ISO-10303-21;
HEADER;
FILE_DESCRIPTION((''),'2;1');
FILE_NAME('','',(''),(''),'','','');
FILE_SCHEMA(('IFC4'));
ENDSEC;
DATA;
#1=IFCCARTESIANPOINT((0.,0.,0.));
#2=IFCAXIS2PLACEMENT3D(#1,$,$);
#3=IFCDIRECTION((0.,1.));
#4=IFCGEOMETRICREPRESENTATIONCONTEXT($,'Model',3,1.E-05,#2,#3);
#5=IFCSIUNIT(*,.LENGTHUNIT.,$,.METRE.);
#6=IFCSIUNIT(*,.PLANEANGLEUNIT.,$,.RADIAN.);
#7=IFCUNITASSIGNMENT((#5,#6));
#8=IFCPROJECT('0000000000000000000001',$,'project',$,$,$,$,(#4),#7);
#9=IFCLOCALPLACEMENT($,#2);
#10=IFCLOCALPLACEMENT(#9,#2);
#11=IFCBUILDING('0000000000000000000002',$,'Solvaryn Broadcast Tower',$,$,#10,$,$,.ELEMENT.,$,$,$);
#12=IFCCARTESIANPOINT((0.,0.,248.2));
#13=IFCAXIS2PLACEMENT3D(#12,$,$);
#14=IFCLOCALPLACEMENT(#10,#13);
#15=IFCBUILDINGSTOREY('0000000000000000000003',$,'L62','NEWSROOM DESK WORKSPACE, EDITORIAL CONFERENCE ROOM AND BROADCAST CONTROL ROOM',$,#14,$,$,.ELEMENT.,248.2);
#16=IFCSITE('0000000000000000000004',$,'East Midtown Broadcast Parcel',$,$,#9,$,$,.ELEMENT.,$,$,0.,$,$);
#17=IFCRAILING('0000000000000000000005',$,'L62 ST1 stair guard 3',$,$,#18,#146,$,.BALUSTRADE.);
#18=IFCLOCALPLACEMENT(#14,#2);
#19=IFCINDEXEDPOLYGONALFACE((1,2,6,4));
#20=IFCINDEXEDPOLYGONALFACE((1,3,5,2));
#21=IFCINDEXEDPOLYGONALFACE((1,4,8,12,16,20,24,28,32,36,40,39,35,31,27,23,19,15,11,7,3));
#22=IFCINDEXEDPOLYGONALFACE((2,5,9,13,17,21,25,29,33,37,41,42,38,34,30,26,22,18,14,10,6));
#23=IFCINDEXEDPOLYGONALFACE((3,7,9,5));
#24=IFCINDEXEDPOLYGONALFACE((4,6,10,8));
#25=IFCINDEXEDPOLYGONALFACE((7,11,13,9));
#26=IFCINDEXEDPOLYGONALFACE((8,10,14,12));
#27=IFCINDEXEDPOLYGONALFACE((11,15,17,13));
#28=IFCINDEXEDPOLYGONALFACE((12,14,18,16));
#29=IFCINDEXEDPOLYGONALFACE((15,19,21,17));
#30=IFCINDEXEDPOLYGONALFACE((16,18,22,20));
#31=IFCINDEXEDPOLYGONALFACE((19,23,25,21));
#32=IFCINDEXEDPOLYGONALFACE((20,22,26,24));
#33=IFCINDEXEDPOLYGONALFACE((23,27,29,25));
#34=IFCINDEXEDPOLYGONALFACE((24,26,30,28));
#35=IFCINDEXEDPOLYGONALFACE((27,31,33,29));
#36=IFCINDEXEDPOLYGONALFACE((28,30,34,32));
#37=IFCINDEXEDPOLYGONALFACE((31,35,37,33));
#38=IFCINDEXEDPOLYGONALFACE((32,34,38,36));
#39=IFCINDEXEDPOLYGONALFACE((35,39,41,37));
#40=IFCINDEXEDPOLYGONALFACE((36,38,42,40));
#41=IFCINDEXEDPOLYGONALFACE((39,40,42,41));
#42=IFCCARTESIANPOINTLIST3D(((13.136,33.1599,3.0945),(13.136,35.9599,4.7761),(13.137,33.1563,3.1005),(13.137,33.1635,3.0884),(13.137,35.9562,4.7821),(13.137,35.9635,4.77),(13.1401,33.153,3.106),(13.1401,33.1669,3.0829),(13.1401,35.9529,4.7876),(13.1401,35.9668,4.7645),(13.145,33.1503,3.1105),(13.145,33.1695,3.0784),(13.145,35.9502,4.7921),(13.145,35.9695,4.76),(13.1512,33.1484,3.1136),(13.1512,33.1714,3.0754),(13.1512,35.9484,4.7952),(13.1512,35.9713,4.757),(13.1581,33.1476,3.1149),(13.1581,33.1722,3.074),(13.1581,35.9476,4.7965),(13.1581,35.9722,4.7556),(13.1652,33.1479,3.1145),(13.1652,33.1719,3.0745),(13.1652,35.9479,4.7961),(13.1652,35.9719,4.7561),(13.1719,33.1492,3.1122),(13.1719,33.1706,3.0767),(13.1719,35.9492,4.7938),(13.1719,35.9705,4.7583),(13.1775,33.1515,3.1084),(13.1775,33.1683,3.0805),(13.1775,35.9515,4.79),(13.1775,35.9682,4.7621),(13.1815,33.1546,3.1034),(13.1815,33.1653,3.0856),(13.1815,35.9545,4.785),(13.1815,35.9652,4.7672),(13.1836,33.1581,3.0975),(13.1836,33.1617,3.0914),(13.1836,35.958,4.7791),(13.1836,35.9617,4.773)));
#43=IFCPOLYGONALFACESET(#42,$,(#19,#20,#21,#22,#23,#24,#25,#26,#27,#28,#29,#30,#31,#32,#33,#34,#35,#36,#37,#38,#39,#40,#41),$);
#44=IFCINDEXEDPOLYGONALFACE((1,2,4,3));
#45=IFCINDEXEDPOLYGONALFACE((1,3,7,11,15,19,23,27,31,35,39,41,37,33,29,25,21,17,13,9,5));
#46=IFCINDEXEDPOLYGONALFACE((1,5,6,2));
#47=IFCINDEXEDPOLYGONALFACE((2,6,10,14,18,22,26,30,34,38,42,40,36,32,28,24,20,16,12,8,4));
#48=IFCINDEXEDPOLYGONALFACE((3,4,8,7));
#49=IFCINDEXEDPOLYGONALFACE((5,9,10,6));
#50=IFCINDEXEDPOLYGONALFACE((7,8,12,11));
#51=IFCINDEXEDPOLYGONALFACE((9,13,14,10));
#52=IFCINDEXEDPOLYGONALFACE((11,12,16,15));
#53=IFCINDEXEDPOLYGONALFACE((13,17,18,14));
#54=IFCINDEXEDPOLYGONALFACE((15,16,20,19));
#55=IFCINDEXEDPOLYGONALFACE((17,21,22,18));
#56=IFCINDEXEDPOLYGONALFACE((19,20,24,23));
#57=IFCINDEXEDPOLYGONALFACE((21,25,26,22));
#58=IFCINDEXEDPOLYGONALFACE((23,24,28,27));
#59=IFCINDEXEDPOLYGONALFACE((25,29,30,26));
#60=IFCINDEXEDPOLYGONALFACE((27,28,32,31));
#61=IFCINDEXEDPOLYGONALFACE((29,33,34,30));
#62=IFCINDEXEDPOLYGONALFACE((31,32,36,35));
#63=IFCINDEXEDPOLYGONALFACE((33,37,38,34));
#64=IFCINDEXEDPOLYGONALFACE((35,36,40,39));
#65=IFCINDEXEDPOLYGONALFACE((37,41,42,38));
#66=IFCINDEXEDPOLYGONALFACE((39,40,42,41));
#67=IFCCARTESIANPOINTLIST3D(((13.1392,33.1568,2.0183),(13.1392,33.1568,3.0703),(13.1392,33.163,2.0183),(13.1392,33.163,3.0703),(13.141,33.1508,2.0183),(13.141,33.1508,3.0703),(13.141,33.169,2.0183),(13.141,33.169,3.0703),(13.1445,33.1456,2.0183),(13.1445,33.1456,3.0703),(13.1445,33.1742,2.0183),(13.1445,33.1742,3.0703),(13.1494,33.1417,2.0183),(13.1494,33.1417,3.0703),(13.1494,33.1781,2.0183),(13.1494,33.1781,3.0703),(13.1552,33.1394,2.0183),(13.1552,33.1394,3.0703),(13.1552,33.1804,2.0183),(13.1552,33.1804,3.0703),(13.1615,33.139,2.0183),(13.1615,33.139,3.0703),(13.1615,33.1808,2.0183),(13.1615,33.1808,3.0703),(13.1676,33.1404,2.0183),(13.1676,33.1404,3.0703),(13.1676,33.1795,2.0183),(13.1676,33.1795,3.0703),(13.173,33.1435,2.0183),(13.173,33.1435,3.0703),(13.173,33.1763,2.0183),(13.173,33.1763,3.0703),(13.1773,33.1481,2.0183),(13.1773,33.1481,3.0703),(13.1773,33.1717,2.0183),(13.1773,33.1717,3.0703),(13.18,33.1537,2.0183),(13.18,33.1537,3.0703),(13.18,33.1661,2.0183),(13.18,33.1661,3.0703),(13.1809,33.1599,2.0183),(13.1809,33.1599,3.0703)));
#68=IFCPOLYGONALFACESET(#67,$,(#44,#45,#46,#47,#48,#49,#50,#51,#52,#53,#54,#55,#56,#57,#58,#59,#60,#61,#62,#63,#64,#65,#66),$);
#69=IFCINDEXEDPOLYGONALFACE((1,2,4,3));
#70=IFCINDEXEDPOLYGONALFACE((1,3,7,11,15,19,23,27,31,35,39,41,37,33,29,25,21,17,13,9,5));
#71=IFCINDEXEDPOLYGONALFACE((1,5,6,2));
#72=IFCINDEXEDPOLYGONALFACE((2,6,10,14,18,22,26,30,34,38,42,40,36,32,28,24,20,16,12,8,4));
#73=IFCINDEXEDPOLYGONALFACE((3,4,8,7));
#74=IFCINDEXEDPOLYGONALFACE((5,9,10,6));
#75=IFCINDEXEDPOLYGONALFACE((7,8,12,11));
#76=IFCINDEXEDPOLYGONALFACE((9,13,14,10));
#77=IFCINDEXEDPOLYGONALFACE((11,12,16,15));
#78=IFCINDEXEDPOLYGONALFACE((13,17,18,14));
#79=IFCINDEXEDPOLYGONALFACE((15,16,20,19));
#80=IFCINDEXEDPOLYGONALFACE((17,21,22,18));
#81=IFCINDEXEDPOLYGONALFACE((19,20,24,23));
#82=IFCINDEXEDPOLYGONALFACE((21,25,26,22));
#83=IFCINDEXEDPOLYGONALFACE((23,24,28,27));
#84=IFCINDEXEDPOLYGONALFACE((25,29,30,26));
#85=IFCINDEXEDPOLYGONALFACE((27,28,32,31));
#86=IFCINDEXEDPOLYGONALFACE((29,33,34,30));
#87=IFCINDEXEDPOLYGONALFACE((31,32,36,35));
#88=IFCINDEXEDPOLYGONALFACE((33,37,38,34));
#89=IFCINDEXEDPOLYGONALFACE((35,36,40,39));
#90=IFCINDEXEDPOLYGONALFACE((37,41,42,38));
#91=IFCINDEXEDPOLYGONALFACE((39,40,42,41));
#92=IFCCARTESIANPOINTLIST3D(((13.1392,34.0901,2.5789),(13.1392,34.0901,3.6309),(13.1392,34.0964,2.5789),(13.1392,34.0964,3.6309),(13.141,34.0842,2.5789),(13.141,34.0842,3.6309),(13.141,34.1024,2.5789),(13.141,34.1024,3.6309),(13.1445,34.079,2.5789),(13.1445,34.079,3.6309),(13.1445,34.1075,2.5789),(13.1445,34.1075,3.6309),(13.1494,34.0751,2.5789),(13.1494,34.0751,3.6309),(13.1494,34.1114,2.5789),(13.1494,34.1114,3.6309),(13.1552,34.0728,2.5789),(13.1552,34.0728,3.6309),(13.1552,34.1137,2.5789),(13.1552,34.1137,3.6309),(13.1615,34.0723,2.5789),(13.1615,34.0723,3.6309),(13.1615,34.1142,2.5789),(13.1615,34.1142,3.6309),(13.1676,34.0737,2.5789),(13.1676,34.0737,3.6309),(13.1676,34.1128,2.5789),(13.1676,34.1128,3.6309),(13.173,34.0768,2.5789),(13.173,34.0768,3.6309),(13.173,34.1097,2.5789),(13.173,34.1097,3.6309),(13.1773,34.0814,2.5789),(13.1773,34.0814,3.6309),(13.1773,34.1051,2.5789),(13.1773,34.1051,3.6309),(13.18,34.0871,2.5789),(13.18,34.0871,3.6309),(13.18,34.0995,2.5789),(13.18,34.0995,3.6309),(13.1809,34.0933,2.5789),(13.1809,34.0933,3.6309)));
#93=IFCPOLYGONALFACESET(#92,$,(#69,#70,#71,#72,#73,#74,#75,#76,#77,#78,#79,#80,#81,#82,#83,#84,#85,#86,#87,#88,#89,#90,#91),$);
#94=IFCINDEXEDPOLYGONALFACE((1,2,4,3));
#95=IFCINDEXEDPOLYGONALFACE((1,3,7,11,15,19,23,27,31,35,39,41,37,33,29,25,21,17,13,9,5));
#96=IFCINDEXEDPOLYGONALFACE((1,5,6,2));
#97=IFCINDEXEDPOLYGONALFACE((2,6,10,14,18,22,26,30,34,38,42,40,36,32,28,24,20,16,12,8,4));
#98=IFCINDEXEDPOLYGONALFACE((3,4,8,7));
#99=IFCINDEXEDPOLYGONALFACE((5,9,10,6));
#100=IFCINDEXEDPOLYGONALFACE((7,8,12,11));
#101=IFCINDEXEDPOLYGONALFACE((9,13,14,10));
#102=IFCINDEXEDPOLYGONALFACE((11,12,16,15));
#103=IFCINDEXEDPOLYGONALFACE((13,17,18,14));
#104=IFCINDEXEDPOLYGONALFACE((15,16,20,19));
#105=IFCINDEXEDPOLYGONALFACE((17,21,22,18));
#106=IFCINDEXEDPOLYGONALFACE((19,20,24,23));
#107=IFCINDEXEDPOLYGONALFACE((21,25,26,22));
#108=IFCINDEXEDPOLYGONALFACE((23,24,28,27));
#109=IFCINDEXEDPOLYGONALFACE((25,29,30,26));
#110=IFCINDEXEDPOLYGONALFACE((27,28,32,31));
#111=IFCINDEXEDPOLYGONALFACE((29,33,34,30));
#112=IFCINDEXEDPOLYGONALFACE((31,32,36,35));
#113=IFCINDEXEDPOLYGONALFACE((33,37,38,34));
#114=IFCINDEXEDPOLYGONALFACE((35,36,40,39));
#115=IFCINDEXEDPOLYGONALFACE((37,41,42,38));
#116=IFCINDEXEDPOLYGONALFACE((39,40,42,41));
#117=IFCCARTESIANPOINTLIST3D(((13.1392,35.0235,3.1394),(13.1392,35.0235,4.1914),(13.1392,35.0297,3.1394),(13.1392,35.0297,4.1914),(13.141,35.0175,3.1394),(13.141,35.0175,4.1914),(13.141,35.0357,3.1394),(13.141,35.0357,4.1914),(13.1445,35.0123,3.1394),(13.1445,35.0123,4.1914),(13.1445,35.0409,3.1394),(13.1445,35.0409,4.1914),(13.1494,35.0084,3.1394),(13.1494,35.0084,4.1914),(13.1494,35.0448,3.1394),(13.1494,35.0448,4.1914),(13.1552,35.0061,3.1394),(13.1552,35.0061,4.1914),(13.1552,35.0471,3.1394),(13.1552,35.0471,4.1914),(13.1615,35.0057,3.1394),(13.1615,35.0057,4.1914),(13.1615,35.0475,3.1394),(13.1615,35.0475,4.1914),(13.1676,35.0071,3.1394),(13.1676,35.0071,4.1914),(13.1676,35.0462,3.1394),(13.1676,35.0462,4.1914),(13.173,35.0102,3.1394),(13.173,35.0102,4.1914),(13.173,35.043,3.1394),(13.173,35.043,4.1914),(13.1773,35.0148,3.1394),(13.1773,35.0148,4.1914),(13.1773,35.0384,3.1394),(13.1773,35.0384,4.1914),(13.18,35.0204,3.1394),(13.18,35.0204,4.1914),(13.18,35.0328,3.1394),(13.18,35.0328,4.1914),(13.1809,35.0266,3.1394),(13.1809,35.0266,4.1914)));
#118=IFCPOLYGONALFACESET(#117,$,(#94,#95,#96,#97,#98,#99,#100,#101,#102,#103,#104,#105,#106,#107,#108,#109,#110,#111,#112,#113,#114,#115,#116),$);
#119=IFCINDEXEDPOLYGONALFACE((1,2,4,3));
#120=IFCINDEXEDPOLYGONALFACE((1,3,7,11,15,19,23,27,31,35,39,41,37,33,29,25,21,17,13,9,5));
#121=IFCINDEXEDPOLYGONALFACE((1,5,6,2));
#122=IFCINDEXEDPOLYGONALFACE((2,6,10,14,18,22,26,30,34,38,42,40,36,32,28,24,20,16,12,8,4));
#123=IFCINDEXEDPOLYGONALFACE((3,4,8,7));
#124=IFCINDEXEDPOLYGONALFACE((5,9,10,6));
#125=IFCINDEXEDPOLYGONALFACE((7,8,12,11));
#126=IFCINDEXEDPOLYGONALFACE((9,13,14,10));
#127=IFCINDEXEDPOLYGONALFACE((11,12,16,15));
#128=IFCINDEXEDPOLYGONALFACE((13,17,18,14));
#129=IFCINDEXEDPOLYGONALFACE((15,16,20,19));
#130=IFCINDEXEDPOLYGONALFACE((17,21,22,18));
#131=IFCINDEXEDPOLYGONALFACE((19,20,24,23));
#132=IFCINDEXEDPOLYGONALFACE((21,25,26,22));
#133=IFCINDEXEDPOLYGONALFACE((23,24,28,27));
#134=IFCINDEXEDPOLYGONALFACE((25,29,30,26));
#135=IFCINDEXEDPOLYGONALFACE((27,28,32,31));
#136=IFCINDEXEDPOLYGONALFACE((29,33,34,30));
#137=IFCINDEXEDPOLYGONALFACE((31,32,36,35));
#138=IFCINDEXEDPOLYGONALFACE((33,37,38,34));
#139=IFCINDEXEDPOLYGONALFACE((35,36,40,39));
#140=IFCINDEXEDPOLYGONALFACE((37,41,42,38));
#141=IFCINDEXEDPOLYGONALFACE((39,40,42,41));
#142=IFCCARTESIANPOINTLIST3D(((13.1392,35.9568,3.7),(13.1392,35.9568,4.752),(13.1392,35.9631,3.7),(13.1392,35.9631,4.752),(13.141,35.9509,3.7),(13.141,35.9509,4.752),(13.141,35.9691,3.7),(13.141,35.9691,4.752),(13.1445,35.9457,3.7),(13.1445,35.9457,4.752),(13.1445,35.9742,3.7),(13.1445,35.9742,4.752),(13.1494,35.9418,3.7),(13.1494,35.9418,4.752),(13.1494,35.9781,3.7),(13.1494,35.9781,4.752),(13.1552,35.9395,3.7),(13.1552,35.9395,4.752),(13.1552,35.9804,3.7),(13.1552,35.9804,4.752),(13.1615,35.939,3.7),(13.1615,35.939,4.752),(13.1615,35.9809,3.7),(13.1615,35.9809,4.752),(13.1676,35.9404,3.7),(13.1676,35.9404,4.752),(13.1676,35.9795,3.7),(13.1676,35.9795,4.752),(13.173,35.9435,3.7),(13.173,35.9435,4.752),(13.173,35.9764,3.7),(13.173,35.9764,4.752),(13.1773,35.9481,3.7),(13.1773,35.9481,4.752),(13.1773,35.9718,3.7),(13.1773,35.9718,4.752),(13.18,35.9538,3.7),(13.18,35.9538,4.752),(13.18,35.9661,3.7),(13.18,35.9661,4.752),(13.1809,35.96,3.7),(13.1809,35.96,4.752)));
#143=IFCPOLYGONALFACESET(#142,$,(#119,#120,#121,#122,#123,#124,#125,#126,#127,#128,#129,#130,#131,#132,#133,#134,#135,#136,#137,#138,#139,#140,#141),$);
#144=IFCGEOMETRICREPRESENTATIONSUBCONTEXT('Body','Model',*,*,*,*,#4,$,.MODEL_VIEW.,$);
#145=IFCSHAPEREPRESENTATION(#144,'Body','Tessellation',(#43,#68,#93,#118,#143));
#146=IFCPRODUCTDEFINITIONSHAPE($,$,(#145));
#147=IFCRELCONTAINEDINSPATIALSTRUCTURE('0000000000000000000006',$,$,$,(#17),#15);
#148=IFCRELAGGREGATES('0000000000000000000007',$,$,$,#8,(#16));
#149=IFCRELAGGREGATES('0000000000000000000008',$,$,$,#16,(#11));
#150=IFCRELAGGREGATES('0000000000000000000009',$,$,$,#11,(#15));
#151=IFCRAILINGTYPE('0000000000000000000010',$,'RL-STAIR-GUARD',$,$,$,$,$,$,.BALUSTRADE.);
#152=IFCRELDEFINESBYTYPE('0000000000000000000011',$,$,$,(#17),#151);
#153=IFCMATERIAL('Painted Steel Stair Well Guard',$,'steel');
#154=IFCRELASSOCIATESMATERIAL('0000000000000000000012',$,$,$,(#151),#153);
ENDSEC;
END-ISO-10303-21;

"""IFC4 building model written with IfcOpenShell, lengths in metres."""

from ifc_helpers import new_model, si_unit, direction, frame, origin, origin_2d, place, context, subcontext, project, spatial, circle, extrude, material, type_object, element, save


model = new_model("IFC4")

# Units and contexts
model_context = context("Model", 3, precision=1e-05, world=origin(), true_north=direction((0.0, 1.0)))
body_context = subcontext(model_context, "Body", "Model", "MODEL_VIEW")
ifc_project = project(units=[si_unit("LENGTHUNIT", "METRE"), si_unit("PLANEANGLEUNIT", "RADIAN")], contexts=[model_context])

# Site, building, storey
site_placement = place(None, origin())
site = spatial("IfcSite", under=ifc_project, at=site_placement, Name="East Midtown Broadcast Parcel", CompositionType="ELEMENT", RefElevation=0.0)
building_placement = place(site_placement, origin())
building = spatial("IfcBuilding", under=site, at=building_placement, Name="Solvaryn Broadcast Tower", CompositionType="ELEMENT")
storey_placement = place(building_placement, frame((0.0, 0.0, 248.2)))
storey = spatial("IfcBuildingStorey", under=building, at=storey_placement, Name="L62", Description="NEWSROOM DESK WORKSPACE, EDITORIAL CONFERENCE ROOM AND BROADCAST CONTROL ROOM", CompositionType="ELEMENT", Elevation=248.2)

# Railing
ifc_material_1 = material(Name="Painted Steel Stair Well Guard", Category="steel")
railing_type_1 = type_object("IfcRailingType", Name="RL-STAIR-GUARD", PredefinedType="BALUSTRADE", material=ifc_material_1)
railing_1_placement = place(storey_placement, frame((13.1599, 33.1599, 2.0183)))
element("IfcRailing", 1, at=railing_1_placement, inside=storey, type_object=railing_type_1, Name="L62 ST1 stair guard 3", PredefinedType="BALUSTRADE", context=body_context, shape_type="SweptSolid", body=[
    extrude(circle(Radius=0.0239, at=origin_2d()), frame((0.0, 0.0, 1.0762), z_axis=(0.0, 0.857275, 0.514858), x_axis=(-1.0, 0.0, 0.0)), (0.0, 0.0, 1.0), 3.2661),
    extrude(circle(Radius=0.021, at=origin_2d()), origin(), (0.0, 0.0, 1.0), 1.052),
    extrude(circle(Radius=0.021, at=origin_2d()), frame((0.0, 0.9333, 0.5605)), (0.0, 0.0, 1.0), 1.052),
    extrude(circle(Radius=0.021, at=origin_2d()), frame((0.0, 1.8667, 1.1211)), (0.0, 0.0, 1.0), 1.052),
    extrude(circle(Radius=0.021, at=origin_2d()), frame((0.0, 2.8, 1.6816)), (0.0, 0.0, 1.0), 1.052),
])

save(model, "model.ifc")
